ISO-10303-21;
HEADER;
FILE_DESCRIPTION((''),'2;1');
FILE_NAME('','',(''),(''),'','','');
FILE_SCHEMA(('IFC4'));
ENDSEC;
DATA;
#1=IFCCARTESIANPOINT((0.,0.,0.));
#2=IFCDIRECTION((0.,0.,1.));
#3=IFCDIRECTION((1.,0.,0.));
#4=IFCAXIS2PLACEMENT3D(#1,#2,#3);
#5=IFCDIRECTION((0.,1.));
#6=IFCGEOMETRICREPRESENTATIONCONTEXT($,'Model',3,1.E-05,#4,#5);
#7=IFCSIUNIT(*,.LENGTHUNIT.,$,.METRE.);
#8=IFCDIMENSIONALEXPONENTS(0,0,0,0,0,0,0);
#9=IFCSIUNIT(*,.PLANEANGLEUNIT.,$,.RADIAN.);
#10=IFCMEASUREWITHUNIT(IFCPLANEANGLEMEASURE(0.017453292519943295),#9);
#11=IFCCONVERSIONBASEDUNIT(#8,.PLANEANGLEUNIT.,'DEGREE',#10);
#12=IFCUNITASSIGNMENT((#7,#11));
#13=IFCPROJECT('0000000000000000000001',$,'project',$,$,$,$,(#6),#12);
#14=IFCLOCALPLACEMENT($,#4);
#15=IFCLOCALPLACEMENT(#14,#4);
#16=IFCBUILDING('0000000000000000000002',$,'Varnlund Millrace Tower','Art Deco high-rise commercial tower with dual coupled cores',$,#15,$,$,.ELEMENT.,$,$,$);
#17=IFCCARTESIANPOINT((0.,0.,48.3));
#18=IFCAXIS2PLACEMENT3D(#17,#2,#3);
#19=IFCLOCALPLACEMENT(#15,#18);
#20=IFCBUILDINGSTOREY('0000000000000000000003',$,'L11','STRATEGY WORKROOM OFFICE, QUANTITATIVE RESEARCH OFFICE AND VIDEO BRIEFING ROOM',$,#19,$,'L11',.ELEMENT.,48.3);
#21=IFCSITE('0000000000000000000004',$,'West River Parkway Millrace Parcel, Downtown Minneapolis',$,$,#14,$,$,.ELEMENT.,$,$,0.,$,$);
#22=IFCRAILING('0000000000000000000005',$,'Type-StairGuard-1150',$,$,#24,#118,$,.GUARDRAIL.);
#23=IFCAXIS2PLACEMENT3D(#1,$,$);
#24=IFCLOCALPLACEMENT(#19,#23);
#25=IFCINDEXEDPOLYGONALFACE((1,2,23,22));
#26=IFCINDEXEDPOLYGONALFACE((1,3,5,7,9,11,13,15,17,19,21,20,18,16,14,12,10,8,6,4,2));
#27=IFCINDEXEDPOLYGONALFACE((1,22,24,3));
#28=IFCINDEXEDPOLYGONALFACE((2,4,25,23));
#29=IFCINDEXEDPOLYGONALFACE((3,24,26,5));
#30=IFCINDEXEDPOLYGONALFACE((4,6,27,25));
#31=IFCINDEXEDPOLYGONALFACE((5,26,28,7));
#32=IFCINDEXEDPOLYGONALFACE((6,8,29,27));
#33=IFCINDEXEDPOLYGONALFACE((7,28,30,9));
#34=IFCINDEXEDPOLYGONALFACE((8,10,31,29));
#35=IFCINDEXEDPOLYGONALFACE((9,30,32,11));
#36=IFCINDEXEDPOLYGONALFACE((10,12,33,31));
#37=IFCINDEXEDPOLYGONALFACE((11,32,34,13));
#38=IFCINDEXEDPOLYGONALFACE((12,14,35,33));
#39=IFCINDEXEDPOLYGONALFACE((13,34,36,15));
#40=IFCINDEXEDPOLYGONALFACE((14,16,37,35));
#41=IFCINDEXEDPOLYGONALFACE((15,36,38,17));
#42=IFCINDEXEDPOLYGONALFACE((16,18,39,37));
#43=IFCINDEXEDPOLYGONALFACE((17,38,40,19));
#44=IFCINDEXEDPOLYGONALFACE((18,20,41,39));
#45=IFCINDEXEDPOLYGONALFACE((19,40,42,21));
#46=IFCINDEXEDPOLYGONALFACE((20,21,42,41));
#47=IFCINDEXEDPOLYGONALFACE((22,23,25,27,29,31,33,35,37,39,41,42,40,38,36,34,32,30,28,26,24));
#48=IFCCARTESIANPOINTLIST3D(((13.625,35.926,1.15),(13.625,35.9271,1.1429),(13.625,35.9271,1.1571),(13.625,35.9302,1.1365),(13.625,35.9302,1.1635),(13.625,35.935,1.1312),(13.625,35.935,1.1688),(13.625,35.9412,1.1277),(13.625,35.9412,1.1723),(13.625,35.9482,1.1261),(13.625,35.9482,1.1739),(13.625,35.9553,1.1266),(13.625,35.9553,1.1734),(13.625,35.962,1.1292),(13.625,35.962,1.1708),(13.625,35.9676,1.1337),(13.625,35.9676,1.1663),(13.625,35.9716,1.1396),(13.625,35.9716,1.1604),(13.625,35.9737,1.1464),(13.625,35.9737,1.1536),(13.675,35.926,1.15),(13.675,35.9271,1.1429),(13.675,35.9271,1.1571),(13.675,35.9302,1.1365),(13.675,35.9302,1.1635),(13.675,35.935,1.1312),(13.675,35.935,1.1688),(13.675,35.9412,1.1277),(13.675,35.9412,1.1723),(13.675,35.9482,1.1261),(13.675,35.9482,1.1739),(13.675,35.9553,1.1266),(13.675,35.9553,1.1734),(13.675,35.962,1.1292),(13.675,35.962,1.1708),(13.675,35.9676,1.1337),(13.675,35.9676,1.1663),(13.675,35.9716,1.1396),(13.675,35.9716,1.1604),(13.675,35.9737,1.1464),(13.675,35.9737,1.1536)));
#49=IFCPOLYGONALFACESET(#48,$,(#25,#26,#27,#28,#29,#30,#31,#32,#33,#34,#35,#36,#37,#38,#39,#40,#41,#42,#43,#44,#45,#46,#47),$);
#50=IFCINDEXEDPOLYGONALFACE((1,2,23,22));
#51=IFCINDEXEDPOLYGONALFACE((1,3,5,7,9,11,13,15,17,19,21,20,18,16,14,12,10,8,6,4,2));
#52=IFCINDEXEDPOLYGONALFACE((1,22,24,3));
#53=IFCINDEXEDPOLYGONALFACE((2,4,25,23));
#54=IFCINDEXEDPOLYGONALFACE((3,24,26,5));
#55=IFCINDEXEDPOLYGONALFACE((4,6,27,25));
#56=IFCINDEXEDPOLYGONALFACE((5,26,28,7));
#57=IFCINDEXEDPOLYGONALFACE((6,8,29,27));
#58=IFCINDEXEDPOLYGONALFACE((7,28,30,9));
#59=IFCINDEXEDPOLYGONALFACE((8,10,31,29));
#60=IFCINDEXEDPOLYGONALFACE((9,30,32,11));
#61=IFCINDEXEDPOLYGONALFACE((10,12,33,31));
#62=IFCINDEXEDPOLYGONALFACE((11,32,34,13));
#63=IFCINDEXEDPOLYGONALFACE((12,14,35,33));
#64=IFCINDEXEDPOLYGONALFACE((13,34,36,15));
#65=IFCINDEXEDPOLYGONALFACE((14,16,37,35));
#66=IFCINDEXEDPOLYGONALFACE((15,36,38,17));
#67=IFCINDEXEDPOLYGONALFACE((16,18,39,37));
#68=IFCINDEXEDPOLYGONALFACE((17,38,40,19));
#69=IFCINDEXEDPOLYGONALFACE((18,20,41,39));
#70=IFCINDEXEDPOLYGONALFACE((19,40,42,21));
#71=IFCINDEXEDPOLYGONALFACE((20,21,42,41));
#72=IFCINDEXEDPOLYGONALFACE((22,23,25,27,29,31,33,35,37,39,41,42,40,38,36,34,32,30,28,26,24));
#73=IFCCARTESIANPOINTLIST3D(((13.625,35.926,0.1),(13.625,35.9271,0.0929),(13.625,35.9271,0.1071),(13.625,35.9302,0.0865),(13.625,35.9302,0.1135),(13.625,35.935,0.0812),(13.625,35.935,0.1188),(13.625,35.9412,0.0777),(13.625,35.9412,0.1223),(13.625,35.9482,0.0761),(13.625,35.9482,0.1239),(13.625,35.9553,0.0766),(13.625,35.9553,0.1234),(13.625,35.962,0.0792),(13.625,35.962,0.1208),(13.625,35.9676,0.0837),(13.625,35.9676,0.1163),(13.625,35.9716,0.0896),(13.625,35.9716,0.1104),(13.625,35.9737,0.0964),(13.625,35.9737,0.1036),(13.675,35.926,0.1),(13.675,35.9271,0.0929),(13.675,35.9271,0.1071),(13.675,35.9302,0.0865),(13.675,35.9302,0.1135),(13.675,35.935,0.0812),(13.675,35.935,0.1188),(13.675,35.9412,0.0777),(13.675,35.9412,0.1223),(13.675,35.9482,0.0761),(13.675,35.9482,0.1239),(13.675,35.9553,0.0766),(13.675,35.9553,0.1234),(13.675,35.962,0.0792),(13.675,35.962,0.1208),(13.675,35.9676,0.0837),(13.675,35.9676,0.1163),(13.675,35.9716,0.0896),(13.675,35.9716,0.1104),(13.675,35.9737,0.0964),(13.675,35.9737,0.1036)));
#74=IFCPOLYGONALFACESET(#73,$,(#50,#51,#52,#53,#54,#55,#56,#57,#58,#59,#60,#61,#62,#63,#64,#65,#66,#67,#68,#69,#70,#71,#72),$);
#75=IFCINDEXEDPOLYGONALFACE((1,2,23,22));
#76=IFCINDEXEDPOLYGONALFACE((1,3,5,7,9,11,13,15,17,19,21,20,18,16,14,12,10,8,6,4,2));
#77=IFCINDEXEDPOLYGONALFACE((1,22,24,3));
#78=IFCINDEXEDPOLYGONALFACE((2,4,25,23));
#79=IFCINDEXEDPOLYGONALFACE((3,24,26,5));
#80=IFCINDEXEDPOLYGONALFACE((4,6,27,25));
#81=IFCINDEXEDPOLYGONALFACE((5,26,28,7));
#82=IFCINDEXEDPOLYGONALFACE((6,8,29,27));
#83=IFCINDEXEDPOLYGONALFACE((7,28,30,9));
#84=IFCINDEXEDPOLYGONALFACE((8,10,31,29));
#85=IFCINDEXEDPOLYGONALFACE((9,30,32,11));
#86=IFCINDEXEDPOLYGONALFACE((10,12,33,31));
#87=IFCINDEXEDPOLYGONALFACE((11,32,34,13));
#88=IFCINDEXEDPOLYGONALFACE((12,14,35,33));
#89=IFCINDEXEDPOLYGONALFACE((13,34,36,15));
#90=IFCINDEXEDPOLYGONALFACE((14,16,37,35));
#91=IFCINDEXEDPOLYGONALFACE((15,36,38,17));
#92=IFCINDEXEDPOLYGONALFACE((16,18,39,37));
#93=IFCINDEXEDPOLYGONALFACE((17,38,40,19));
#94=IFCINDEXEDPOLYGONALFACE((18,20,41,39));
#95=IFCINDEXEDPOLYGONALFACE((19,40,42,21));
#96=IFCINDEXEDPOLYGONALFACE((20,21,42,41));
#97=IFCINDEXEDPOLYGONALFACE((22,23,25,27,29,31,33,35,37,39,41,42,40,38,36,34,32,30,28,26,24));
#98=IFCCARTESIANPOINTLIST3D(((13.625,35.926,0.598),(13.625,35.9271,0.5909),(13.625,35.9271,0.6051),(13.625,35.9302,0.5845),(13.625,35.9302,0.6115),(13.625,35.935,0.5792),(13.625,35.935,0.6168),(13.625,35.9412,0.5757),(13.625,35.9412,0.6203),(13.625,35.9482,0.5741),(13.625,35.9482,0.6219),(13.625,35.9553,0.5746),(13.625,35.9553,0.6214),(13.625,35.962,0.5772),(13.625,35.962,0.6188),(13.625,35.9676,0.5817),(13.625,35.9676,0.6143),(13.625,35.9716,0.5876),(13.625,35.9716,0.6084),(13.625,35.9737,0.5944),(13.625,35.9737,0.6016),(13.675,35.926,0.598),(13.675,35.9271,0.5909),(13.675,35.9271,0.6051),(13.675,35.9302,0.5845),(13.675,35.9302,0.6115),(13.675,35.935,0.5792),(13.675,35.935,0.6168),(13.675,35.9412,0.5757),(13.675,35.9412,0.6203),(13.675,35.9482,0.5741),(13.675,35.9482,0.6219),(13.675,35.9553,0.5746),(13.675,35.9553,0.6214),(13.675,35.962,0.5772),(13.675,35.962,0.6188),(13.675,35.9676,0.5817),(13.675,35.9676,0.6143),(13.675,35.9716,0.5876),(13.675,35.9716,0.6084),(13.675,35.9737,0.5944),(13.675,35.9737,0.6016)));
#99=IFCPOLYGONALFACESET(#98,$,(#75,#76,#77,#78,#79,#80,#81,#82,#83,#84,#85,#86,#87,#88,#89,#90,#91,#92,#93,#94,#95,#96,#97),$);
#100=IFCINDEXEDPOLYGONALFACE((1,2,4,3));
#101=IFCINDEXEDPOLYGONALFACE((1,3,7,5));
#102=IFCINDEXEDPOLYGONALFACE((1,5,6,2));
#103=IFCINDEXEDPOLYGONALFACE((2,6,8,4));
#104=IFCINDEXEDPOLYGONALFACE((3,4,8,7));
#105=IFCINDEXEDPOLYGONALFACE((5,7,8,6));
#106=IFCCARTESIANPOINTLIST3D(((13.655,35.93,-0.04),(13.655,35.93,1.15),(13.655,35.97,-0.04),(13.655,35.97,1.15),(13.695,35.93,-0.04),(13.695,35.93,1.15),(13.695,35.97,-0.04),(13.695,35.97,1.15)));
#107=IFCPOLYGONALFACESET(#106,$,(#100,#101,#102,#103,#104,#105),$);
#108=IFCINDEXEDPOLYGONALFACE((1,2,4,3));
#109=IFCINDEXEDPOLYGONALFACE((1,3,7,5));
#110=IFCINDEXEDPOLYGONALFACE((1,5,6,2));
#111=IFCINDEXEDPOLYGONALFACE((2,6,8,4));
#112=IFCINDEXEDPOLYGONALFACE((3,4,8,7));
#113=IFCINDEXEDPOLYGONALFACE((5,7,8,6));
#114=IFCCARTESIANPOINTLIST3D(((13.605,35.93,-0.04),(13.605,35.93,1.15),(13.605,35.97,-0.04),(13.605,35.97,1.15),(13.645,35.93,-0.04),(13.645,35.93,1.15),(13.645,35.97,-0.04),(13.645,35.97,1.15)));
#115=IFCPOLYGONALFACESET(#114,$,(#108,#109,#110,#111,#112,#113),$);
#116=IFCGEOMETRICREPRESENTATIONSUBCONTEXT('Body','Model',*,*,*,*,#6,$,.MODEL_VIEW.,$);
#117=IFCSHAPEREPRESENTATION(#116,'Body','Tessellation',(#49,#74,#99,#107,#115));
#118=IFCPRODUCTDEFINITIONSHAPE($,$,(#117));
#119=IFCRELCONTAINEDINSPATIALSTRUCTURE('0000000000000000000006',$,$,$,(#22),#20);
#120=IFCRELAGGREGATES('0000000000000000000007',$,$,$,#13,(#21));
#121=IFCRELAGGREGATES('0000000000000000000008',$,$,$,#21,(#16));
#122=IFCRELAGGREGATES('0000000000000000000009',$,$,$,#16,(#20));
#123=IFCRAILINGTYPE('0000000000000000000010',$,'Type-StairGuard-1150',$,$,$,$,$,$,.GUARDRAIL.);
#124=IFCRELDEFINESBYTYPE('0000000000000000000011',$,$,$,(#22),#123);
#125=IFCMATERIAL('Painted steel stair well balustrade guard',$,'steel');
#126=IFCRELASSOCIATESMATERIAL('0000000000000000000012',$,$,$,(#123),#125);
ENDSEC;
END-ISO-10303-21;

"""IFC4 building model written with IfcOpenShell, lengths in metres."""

from ifc_helpers import new_model, entity, si_unit, converted_unit, direction, frame, origin_with_axes, origin_2d_with_axis, place, context, subcontext, project, spatial, rectangle, circle, extrude, material, type_object, element, save


model = new_model("IFC4")

# Units and contexts
model_context = context("Model", 3, precision=1e-05, world=origin_with_axes(), true_north=direction((0.0, 1.0)))
body_context = subcontext(model_context, "Body", "Model", "MODEL_VIEW")
ifc_project = project(units=[si_unit("LENGTHUNIT", "METRE"), converted_unit("PLANEANGLEUNIT", "DEGREE", entity("IfcPlaneAngleMeasure", 0.017453292519943295), si_unit("PLANEANGLEUNIT", "RADIAN"), dimensions=[0, 0, 0, 0, 0, 0, 0])], contexts=[model_context])

# Site, building, storey
site_placement = place(None, origin_with_axes())
site = spatial("IfcSite", under=ifc_project, at=site_placement, Name="West River Parkway Millrace Parcel, Downtown Minneapolis", CompositionType="ELEMENT", RefElevation=0.0)
building_placement = place(site_placement, origin_with_axes())
building = spatial("IfcBuilding", under=site, at=building_placement, Name="Varnlund Millrace Tower", Description="Art Deco high-rise commercial tower with dual coupled cores", CompositionType="ELEMENT")
storey_placement = place(building_placement, frame((0.0, 0.0, 48.3), z_axis=(0.0, 0.0, 1.0), x_axis=(1.0, 0.0, 0.0)))
storey = spatial("IfcBuildingStorey", under=building, at=storey_placement, Name="L11", Description="STRATEGY WORKROOM OFFICE, QUANTITATIVE RESEARCH OFFICE AND VIDEO BRIEFING ROOM", LongName="L11", CompositionType="ELEMENT", Elevation=48.3)

# Railing
ifc_material_1 = material(Name="Painted steel stair well balustrade guard", Category="steel")
railing_type_1 = type_object("IfcRailingType", Name="Type-StairGuard-1150", PredefinedType="GUARDRAIL", material=ifc_material_1)
railing_1_placement = place(storey_placement, frame((0.0, 0.0, -48.3), z_axis=(0.0, 0.0, 1.0), x_axis=(1.0, 0.0, 0.0)))
element("IfcRailing", 1, at=railing_1_placement, inside=storey, type_object=railing_type_1, Name="Type-StairGuard-1150", PredefinedType="GUARDRAIL", context=body_context, shape_type="SweptSolid", body=[
    extrude(circle(Radius=0.024, at=origin_2d_with_axis()), frame((13.675, 35.95, 49.45), z_axis=(-1.0, 0.0, 0.0), x_axis=(0.0, -1.0, 0.0)), (0.0, 0.0, 1.0), 0.05),
    extrude(circle(Radius=0.024, at=origin_2d_with_axis()), frame((13.675, 35.95, 48.4), z_axis=(-1.0, 0.0, 0.0), x_axis=(0.0, -1.0, 0.0)), (0.0, 0.0, 1.0), 0.05),
    extrude(circle(Radius=0.024, at=origin_2d_with_axis()), frame((13.675, 35.95, 48.898), z_axis=(-1.0, 0.0, 0.0), x_axis=(0.0, -1.0, 0.0)), (0.0, 0.0, 1.0), 0.05),
    extrude(rectangle(XDim=0.04, YDim=0.04, at=origin_2d_with_axis()), frame((13.675, 35.95, 48.26), z_axis=(0.0, 0.0, 1.0), x_axis=(1.0, 0.0, 0.0)), (0.0, 0.0, 1.0), 1.19),
    extrude(rectangle(XDim=0.04, YDim=0.04, at=origin_2d_with_axis()), frame((13.625, 35.95, 48.26), z_axis=(0.0, 0.0, 1.0), x_axis=(1.0, 0.0, 0.0)), (0.0, 0.0, 1.0), 1.19),
])

save(model, "model.ifc")
